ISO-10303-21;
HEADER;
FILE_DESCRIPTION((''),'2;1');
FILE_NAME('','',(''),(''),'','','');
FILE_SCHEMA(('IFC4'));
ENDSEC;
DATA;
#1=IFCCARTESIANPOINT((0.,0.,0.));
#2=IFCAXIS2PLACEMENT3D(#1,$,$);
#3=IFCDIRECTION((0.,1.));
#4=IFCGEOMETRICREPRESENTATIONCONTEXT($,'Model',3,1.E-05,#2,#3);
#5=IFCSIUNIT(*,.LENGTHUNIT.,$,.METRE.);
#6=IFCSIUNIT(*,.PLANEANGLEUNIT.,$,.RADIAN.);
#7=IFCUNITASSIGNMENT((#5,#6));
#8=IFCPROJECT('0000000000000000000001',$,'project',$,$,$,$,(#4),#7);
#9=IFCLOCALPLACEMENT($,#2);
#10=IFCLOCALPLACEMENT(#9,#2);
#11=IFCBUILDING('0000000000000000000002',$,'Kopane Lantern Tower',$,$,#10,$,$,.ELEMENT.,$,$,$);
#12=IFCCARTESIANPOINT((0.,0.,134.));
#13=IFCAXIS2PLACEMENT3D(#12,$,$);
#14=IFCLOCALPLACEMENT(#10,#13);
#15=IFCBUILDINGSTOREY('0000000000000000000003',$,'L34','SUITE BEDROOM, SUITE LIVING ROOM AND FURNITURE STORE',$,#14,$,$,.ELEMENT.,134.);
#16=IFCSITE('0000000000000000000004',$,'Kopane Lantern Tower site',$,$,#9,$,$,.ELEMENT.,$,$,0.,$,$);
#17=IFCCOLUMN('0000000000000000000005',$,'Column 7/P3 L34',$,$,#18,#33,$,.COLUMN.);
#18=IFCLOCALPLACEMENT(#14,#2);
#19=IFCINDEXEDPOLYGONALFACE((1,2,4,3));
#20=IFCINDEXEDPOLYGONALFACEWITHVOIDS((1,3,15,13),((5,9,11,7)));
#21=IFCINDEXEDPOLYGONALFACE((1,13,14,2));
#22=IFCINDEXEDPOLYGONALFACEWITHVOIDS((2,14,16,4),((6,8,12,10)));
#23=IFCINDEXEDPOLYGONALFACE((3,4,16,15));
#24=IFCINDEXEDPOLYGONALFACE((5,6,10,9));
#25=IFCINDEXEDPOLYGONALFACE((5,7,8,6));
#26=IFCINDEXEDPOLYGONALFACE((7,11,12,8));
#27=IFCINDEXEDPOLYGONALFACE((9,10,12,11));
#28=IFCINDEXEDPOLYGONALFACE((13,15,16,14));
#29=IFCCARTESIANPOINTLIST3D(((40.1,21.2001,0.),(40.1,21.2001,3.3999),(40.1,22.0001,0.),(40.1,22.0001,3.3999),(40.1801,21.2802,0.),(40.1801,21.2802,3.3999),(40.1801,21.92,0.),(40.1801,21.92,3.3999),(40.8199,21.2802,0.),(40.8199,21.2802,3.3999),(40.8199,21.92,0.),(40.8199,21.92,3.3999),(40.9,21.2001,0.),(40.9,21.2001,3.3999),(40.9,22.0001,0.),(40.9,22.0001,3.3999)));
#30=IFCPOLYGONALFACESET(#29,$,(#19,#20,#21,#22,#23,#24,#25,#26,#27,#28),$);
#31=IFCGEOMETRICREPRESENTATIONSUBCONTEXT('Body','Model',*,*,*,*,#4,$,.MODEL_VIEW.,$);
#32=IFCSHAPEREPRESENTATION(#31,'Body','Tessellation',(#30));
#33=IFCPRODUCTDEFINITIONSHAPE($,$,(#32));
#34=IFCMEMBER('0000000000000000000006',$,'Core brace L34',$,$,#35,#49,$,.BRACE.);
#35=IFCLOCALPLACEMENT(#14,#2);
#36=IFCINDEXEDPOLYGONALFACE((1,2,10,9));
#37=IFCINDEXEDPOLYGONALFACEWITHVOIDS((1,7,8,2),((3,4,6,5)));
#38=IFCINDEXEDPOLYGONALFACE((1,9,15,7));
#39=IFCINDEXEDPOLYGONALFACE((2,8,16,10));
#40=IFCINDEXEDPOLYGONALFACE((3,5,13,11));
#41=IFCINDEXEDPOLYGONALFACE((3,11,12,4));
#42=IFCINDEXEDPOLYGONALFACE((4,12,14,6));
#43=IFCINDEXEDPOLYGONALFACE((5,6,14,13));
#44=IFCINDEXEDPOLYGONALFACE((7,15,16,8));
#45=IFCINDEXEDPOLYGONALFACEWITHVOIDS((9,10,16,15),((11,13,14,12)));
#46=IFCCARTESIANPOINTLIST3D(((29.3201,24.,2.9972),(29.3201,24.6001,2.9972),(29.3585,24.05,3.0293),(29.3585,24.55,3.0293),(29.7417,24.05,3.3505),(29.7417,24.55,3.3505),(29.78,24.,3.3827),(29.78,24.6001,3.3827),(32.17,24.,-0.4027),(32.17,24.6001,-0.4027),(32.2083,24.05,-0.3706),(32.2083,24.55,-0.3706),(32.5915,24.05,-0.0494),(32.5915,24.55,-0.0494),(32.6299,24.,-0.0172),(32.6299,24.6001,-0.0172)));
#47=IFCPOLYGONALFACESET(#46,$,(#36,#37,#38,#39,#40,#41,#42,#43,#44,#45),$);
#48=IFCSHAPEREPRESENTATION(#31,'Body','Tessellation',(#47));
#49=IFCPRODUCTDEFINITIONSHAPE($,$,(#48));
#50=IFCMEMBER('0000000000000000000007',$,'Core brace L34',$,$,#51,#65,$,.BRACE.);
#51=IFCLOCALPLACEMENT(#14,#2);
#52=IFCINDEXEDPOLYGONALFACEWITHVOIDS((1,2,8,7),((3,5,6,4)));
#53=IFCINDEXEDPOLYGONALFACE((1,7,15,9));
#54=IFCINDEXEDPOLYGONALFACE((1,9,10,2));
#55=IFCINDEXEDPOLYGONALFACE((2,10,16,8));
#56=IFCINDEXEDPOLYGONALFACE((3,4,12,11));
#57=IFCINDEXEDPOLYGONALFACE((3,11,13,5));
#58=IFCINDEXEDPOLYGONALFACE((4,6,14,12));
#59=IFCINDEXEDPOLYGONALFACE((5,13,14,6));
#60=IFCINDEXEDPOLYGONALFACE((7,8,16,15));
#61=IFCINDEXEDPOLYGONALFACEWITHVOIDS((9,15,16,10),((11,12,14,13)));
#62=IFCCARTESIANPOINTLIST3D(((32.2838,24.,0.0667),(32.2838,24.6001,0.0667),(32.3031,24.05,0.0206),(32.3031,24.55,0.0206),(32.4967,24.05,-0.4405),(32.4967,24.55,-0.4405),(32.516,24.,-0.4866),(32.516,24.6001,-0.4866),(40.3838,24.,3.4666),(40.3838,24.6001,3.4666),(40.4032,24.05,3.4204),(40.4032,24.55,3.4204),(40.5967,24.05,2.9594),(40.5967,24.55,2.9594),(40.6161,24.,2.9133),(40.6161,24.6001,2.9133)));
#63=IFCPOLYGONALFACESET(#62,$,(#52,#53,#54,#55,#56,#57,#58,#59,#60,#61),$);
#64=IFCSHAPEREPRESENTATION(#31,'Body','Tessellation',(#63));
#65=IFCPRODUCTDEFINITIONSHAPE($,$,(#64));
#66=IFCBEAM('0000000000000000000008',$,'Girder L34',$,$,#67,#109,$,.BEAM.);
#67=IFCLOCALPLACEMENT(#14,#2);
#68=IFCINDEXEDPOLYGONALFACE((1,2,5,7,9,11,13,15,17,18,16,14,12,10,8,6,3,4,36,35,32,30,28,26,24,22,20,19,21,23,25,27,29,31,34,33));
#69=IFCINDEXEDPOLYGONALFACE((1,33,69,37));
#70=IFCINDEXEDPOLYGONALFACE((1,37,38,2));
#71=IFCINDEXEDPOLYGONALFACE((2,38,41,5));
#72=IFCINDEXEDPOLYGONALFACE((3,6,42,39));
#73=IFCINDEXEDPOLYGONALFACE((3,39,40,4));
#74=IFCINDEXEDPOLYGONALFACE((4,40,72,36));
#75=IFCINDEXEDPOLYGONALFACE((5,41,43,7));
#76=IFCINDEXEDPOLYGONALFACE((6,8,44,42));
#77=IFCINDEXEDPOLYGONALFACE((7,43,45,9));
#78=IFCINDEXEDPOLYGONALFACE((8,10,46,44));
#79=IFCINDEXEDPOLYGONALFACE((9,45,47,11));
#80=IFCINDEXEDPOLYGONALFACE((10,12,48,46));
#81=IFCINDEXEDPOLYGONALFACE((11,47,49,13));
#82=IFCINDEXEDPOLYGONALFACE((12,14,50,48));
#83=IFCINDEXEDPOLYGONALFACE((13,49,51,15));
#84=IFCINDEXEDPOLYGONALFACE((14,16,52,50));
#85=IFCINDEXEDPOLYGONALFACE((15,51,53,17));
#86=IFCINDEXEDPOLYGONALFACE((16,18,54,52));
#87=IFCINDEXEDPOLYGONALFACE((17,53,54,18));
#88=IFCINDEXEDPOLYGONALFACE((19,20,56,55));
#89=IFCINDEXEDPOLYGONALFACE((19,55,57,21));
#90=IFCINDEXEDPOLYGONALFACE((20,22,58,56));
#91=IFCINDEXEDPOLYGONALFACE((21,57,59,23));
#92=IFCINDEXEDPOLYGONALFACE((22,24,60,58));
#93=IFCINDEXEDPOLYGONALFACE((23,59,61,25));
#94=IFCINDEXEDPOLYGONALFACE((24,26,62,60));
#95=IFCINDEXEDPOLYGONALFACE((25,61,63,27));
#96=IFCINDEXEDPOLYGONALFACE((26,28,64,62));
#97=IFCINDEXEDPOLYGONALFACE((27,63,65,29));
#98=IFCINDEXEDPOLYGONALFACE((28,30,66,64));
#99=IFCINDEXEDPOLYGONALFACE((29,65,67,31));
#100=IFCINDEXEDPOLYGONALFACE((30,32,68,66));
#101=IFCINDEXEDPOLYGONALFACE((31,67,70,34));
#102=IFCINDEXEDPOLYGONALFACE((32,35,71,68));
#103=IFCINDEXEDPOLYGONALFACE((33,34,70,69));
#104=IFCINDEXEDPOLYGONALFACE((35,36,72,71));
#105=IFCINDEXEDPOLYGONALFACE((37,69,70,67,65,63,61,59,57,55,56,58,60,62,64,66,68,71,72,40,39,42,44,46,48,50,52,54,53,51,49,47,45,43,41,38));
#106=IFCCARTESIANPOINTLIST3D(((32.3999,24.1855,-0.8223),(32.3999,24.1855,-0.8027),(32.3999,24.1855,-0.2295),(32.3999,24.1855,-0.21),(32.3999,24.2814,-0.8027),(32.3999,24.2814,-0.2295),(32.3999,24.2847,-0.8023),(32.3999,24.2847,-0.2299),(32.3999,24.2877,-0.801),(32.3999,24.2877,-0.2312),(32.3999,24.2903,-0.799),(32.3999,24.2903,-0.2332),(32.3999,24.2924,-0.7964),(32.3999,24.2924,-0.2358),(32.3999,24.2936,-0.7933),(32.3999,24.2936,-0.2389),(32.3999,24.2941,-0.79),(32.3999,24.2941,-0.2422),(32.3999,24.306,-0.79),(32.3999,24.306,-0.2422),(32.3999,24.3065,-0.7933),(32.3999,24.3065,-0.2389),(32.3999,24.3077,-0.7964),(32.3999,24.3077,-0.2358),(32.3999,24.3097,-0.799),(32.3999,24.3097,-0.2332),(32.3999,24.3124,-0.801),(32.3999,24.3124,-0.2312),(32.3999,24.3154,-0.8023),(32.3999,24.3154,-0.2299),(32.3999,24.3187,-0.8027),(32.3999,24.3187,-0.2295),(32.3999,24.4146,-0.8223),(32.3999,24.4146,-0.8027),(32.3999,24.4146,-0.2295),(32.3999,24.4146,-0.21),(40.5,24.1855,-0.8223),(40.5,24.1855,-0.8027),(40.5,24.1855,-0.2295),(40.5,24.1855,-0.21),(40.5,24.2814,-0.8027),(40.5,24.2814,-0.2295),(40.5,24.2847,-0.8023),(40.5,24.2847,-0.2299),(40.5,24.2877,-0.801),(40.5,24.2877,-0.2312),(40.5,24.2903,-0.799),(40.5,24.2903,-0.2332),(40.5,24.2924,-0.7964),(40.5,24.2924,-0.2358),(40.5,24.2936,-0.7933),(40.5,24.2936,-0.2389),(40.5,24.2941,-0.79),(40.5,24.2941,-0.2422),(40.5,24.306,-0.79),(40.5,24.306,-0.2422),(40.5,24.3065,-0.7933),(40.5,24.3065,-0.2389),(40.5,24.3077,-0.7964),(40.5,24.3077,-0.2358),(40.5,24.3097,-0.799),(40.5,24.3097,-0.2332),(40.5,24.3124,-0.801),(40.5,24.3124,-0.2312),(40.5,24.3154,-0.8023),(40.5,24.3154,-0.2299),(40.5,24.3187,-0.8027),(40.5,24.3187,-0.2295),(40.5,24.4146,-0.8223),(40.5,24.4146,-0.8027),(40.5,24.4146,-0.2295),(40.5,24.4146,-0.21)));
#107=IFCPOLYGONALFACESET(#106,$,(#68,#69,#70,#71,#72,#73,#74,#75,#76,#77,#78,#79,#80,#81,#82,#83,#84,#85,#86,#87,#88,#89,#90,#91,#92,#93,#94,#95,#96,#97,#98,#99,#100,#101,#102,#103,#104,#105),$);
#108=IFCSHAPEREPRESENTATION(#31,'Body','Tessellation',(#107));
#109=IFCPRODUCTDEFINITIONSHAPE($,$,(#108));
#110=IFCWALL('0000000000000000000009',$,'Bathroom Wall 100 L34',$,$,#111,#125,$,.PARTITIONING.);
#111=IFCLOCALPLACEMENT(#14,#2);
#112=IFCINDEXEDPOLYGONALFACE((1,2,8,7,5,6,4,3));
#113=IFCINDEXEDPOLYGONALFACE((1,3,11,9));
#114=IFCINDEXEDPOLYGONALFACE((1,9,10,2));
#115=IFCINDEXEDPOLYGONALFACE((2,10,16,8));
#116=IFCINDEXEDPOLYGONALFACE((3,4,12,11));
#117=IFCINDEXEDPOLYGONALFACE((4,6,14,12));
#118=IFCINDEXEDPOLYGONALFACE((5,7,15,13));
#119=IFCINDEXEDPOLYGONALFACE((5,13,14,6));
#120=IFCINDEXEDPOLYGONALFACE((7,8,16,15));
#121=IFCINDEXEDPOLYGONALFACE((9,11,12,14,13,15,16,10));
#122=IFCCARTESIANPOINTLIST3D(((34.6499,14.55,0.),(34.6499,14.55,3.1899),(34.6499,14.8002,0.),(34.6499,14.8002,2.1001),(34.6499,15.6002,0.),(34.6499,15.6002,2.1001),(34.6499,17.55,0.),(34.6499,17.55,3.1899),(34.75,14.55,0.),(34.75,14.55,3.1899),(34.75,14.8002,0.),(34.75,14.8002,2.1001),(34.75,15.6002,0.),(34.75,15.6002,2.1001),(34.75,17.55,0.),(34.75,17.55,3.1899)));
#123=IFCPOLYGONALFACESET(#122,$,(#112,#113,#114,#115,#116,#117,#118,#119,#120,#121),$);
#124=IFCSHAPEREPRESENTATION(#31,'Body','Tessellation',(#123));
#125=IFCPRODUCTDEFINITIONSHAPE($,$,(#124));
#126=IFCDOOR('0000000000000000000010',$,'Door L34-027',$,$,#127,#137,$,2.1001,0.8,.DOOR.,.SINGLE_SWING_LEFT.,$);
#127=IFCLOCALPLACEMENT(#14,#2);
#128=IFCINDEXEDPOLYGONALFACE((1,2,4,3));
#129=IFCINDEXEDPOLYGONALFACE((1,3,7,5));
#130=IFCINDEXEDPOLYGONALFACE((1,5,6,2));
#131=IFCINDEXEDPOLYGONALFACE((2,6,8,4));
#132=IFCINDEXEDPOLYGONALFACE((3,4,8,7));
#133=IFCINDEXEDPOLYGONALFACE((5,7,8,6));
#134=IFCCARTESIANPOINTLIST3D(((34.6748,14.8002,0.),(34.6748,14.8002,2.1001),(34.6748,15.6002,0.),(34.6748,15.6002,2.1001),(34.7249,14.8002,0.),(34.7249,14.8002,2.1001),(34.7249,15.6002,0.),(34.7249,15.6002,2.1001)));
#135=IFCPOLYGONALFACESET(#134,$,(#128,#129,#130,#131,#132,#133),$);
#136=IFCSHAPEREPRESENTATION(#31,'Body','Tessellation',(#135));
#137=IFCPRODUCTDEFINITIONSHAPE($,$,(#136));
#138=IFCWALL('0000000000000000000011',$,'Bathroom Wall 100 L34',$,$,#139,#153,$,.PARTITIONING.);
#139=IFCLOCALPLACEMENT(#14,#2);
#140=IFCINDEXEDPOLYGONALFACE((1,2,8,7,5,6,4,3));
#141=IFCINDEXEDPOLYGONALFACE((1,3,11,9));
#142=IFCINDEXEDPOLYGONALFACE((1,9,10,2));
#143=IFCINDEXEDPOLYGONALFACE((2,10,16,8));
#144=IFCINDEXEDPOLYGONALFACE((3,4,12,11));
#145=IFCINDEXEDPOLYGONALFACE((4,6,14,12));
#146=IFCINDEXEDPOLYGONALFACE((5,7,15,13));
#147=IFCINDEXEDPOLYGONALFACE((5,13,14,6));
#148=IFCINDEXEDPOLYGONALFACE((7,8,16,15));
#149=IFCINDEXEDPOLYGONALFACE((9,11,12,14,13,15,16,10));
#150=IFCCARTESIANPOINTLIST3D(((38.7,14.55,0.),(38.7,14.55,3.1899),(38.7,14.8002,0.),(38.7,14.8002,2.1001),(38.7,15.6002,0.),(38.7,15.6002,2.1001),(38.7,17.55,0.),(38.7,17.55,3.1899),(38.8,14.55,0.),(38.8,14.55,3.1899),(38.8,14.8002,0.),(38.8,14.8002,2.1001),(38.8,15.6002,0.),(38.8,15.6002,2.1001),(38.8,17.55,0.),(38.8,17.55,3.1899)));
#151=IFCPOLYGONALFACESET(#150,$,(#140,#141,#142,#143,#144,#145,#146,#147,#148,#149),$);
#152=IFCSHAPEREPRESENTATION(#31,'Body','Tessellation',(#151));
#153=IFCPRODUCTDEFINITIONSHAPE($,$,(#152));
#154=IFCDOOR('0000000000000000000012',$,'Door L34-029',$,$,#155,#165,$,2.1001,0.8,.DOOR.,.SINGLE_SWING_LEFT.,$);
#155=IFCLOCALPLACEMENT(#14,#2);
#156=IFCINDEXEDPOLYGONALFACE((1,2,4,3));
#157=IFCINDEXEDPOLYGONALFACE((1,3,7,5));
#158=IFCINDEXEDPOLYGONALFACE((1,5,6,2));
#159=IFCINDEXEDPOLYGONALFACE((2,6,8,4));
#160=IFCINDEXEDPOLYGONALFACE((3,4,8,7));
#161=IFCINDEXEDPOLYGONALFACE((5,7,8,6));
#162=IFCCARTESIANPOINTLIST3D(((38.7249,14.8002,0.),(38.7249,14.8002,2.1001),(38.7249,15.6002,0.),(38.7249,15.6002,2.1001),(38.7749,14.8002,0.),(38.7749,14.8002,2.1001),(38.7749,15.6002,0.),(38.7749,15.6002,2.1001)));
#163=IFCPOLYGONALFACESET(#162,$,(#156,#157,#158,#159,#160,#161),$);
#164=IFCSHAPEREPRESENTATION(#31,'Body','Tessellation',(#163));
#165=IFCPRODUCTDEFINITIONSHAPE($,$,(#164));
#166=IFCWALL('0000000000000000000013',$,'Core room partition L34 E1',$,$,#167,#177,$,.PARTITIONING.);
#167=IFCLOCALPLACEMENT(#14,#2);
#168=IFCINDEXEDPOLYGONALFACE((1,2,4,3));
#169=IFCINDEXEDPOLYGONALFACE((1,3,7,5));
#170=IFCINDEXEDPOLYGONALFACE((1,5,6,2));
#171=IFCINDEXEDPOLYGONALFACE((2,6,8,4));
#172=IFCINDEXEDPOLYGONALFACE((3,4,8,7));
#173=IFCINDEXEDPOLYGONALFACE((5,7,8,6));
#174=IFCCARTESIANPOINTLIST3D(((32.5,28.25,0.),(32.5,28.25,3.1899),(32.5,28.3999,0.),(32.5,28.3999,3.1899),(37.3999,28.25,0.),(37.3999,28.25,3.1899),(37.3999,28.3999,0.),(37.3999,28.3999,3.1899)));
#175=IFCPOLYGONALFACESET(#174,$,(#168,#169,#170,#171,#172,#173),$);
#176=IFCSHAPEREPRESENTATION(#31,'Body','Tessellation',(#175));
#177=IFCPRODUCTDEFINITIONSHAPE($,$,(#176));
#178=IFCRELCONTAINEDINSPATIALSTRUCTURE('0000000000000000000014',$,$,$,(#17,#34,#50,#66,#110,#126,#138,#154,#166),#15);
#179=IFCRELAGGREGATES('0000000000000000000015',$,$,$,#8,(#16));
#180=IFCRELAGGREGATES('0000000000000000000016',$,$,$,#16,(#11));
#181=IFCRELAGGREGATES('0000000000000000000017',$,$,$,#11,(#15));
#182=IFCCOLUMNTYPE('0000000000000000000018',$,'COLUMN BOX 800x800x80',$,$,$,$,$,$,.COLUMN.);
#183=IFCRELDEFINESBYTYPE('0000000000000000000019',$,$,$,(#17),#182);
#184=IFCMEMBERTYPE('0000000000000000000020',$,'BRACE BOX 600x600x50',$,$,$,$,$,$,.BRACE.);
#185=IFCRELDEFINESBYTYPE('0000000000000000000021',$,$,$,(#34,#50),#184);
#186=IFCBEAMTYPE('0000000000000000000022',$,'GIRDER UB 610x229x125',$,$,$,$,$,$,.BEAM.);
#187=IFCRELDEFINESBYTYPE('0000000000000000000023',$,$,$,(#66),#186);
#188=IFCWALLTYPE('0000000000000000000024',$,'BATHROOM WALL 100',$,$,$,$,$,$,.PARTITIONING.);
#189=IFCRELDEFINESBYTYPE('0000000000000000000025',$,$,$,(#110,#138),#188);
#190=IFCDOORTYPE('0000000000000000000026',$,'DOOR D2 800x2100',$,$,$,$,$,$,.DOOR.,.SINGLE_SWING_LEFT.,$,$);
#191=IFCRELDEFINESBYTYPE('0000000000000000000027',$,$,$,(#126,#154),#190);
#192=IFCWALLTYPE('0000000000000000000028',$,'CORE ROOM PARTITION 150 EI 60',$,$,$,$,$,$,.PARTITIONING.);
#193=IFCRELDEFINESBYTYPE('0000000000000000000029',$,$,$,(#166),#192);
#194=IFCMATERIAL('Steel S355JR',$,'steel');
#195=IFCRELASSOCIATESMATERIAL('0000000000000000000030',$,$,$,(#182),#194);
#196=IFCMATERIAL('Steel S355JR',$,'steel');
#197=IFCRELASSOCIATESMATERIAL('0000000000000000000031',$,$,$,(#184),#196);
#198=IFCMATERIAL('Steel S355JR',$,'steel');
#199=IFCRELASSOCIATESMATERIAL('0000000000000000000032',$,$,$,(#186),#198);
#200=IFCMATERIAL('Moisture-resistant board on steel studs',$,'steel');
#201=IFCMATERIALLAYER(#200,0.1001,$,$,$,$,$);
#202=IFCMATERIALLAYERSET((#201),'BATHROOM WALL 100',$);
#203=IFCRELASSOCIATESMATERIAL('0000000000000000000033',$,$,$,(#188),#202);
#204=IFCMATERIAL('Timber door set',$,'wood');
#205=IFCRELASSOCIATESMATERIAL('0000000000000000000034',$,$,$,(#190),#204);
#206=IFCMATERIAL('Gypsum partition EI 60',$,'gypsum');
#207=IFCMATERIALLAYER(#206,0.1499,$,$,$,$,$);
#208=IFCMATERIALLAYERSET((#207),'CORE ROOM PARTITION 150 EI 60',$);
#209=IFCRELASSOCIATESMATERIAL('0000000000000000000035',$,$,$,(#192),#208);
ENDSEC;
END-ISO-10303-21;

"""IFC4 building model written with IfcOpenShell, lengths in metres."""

from ifc_helpers import new_model, si_unit, direction, frame, frame_2d, origin, origin_2d, place, context, subcontext, project, spatial, rectangle, hollow_rectangle, i_section, extrude, material, layer, layer_set, material_profile, profile_set, type_object, element, fill, save


model = new_model("IFC4")

# Units and contexts
model_context = context("Model", 3, precision=1e-05, world=origin(), true_north=direction((0.0, 1.0)))
body_context = subcontext(model_context, "Body", "Model", "MODEL_VIEW")
ifc_project = project(units=[si_unit("LENGTHUNIT", "METRE"), si_unit("PLANEANGLEUNIT", "RADIAN")], contexts=[model_context])

# Site, building, storey
site_placement = place(None, origin())
site = spatial("IfcSite", under=ifc_project, at=site_placement, Name="Kopane Lantern Tower site", CompositionType="ELEMENT", RefElevation=0.0)
building_placement = place(site_placement, origin())
building = spatial("IfcBuilding", under=site, at=building_placement, Name="Kopane Lantern Tower", CompositionType="ELEMENT")
storey_placement = place(building_placement, frame((0.0, 0.0, 134.0)))
storey = spatial("IfcBuildingStorey", under=building, at=storey_placement, Name="L34", Description="SUITE BEDROOM, SUITE LIVING ROOM AND FURNITURE STORE", CompositionType="ELEMENT", Elevation=134.0)

# Column
ifc_material_1 = material(Name="Steel S355JR", Category="steel")
ifc_material_profile_1 = material_profile(ifc_material_1, hollow_rectangle(XDim=0.8, YDim=0.8, WallThickness=0.0801, at=origin_2d()), Name="BOX 800x800x80")
ifc_profile_set_1 = profile_set([ifc_material_profile_1], Name="Steel S355JR")
column_type = type_object("IfcColumnType", Name="COLUMN BOX 800x800x80", PredefinedType="COLUMN", material=ifc_profile_set_1)
column_placement = place(storey_placement, frame((40.5, 21.6001, 0.0), z_axis=(0.0, 0.0, 1.0), x_axis=(1.0, 0.0, 0.0)))
element("IfcColumn", 1, at=column_placement, inside=storey, type_object=column_type, Name="Column 7/P3 L34", PredefinedType="COLUMN", context=body_context, shape_type="SweptSolid", body=[
    extrude(hollow_rectangle(XDim=0.8, YDim=0.8, WallThickness=0.0801, at=origin_2d()), origin(), (0.0, 0.0, 1.0), 3.3999),
])

# Members
ifc_material_2 = material(Name="Steel S355JR", Category="steel")
ifc_material_profile_2 = material_profile(ifc_material_2, hollow_rectangle(XDim=0.6001, YDim=0.6001, WallThickness=0.05, at=origin_2d()), Name="BOX 600x600x50")
ifc_profile_set_2 = profile_set([ifc_material_profile_2], Name="Steel S355JR")
member_type = type_object("IfcMemberType", Name="BRACE BOX 600x600x50", PredefinedType="BRACE", material=ifc_profile_set_2)
member_1_placement = place(storey_placement, frame((32.3999, 24.3, -0.21), z_axis=(-0.64239, 0.0, 0.766378), x_axis=(0.0, -1.0, 0.0)))
element("IfcMember", 2, at=member_1_placement, inside=storey, type_object=member_type, Name="Core brace L34", PredefinedType="BRACE", context=body_context, shape_type="SweptSolid", body=[
    extrude(hollow_rectangle(XDim=0.6001, YDim=0.6001, WallThickness=0.05, at=origin_2d()), origin(), (0.0, 0.0, 1.0), 4.4363),
])
member_2_placement = place(storey_placement, frame((32.3999, 24.3, -0.21), z_axis=(0.922069, 0.0, 0.387026), x_axis=(0.0, 1.0, 0.0)))
element("IfcMember", 3, at=member_2_placement, inside=storey, type_object=member_type, Name="Core brace L34", PredefinedType="BRACE", context=body_context, shape_type="SweptSolid", body=[
    extrude(hollow_rectangle(XDim=0.6001, YDim=0.6001, WallThickness=0.05, at=origin_2d()), origin(), (0.0, 0.0, 1.0), 8.7847),
])

# Beam
ifc_material_3 = material(Name="Steel S355JR", Category="steel")
ifc_material_profile_3 = material_profile(ifc_material_3, i_section(OverallWidth=0.229, OverallDepth=0.6123, WebThickness=0.012, FlangeThickness=0.0195, FilletRadius=0.0127, at=origin_2d()), Name="UB 610x229x125")
ifc_profile_set_3 = profile_set([ifc_material_profile_3], Name="Steel S355JR")
beam_type = type_object("IfcBeamType", Name="GIRDER UB 610x229x125", PredefinedType="BEAM", material=ifc_profile_set_3)
beam_placement = place(storey_placement, frame((32.3999, 24.3, -0.5161), z_axis=(1.0, 0.0, 0.0), x_axis=(0.0, 1.0, 0.0)))
element("IfcBeam", 4, at=beam_placement, inside=storey, type_object=beam_type, Name="Girder L34", PredefinedType="BEAM", context=body_context, shape_type="SweptSolid", body=[
    extrude(i_section(OverallWidth=0.229, OverallDepth=0.6123, WebThickness=0.012, FlangeThickness=0.0195, FilletRadius=0.0127, at=origin_2d()), origin(), (0.0, 0.0, 1.0), 8.1001),
])

# Walls, openings, doors
ifc_material_4 = material(Name="Moisture-resistant board on steel studs", Category="steel")
ifc_layer_1 = layer(ifc_material_4, 0.1001)
ifc_layer_set_1 = layer_set([ifc_layer_1], Name="BATHROOM WALL 100")
wall_type_1 = type_object("IfcWallType", Name="BATHROOM WALL 100", PredefinedType="PARTITIONING", material=ifc_layer_set_1)
wall_1_placement = place(storey_placement, frame((34.7, 17.55, 0.0), z_axis=(0.0, 0.0, 1.0), x_axis=(0.0, -1.0, 0.0)))
wall_1 = element("IfcWall", 5, at=wall_1_placement, inside=storey, type_object=wall_type_1, Name="Bathroom Wall 100 L34", PredefinedType="PARTITIONING", context=body_context, shape_type="SweptSolid", body=[
    extrude(rectangle(XDim=3.0, YDim=0.1001, at=frame_2d((1.5, 0.0))), origin(), (0.0, 0.0, 1.0), 3.1899),
])
opening_1_placement = place(wall_1_placement, frame((1.95, 0.0, 0.0)))
opening_1 = element("IfcOpeningElement", 6, at=opening_1_placement, cuts=wall_1, PredefinedType="OPENING", context=body_context, shape_type="SweptSolid", body=[
    extrude(rectangle(XDim=0.8, YDim=2.1001, at=frame_2d((0.3999, 1.05))), frame((0.0, 0.0601, 0.0), z_axis=(0.0, -1.0, 0.0), x_axis=(1.0, 0.0, 0.0)), (0.0, 0.0, 1.0), 0.1201),
])
ifc_material_5 = material(Name="Timber door set", Category="wood")
door_type_1 = type_object("IfcDoorType", Name="DOOR D2 800x2100", OperationType="SINGLE_SWING_LEFT", PredefinedType="DOOR", material=ifc_material_5)
door_1_placement = place(opening_1_placement, origin())
door_1 = element("IfcDoor", 7, at=door_1_placement, inside=storey, type_object=door_type_1, Name="Door L34-027", OperationType="SINGLE_SWING_LEFT", OverallHeight=2.1001, OverallWidth=0.8, PredefinedType="DOOR", context=body_context, shape_type="SweptSolid", body=[
    extrude(rectangle(XDim=0.8, YDim=2.1001, at=frame_2d((0.3999, 1.05))), frame((0.0, 0.0249, 0.0), z_axis=(0.0, -1.0, 0.0), x_axis=(1.0, 0.0, 0.0)), (0.0, 0.0, 1.0), 0.05),
])
fill(opening_1, door_1)
wall_2_placement = place(storey_placement, frame((38.75, 17.55, 0.0), z_axis=(0.0, 0.0, 1.0), x_axis=(0.0, -1.0, 0.0)))
wall_2 = element("IfcWall", 8, at=wall_2_placement, inside=storey, type_object=wall_type_1, Name="Bathroom Wall 100 L34", PredefinedType="PARTITIONING", context=body_context, shape_type="SweptSolid", body=[
    extrude(rectangle(XDim=3.0, YDim=0.1001, at=frame_2d((1.5, 0.0))), origin(), (0.0, 0.0, 1.0), 3.1899),
])
opening_2_placement = place(wall_2_placement, frame((1.95, 0.0, 0.0)))
opening_2 = element("IfcOpeningElement", 9, at=opening_2_placement, cuts=wall_2, PredefinedType="OPENING", context=body_context, shape_type="SweptSolid", body=[
    extrude(rectangle(XDim=0.8, YDim=2.1001, at=frame_2d((0.3999, 1.05))), frame((0.0, 0.0601, 0.0), z_axis=(0.0, -1.0, 0.0), x_axis=(1.0, 0.0, 0.0)), (0.0, 0.0, 1.0), 0.1201),
])
door_2_placement = place(opening_2_placement, origin())
door_2 = element("IfcDoor", 10, at=door_2_placement, inside=storey, type_object=door_type_1, Name="Door L34-029", OperationType="SINGLE_SWING_LEFT", OverallHeight=2.1001, OverallWidth=0.8, PredefinedType="DOOR", context=body_context, shape_type="SweptSolid", body=[
    extrude(rectangle(XDim=0.8, YDim=2.1001, at=frame_2d((0.3999, 1.05))), frame((0.0, 0.0249, 0.0), z_axis=(0.0, -1.0, 0.0), x_axis=(1.0, 0.0, 0.0)), (0.0, 0.0, 1.0), 0.05),
])
fill(opening_2, door_2)

# Wall
ifc_material_6 = material(Name="Gypsum partition EI 60", Category="gypsum")
ifc_layer_2 = layer(ifc_material_6, 0.1499)
ifc_layer_set_2 = layer_set([ifc_layer_2], Name="CORE ROOM PARTITION 150 EI 60")
wall_type_2 = type_object("IfcWallType", Name="CORE ROOM PARTITION 150 EI 60", PredefinedType="PARTITIONING", material=ifc_layer_set_2)
wall_3_placement = place(storey_placement, frame((32.5, 28.325, 0.0), z_axis=(0.0, 0.0, 1.0), x_axis=(1.0, 0.0, 0.0)))
element("IfcWall", 11, at=wall_3_placement, inside=storey, type_object=wall_type_2, Name="Core room partition L34 E1", PredefinedType="PARTITIONING", context=body_context, shape_type="SweptSolid", body=[
    extrude(rectangle(XDim=4.8999, YDim=0.1499, at=frame_2d((2.45, 0.0))), origin(), (0.0, 0.0, 1.0), 3.1899),
])

save(model, "model.ifc")
